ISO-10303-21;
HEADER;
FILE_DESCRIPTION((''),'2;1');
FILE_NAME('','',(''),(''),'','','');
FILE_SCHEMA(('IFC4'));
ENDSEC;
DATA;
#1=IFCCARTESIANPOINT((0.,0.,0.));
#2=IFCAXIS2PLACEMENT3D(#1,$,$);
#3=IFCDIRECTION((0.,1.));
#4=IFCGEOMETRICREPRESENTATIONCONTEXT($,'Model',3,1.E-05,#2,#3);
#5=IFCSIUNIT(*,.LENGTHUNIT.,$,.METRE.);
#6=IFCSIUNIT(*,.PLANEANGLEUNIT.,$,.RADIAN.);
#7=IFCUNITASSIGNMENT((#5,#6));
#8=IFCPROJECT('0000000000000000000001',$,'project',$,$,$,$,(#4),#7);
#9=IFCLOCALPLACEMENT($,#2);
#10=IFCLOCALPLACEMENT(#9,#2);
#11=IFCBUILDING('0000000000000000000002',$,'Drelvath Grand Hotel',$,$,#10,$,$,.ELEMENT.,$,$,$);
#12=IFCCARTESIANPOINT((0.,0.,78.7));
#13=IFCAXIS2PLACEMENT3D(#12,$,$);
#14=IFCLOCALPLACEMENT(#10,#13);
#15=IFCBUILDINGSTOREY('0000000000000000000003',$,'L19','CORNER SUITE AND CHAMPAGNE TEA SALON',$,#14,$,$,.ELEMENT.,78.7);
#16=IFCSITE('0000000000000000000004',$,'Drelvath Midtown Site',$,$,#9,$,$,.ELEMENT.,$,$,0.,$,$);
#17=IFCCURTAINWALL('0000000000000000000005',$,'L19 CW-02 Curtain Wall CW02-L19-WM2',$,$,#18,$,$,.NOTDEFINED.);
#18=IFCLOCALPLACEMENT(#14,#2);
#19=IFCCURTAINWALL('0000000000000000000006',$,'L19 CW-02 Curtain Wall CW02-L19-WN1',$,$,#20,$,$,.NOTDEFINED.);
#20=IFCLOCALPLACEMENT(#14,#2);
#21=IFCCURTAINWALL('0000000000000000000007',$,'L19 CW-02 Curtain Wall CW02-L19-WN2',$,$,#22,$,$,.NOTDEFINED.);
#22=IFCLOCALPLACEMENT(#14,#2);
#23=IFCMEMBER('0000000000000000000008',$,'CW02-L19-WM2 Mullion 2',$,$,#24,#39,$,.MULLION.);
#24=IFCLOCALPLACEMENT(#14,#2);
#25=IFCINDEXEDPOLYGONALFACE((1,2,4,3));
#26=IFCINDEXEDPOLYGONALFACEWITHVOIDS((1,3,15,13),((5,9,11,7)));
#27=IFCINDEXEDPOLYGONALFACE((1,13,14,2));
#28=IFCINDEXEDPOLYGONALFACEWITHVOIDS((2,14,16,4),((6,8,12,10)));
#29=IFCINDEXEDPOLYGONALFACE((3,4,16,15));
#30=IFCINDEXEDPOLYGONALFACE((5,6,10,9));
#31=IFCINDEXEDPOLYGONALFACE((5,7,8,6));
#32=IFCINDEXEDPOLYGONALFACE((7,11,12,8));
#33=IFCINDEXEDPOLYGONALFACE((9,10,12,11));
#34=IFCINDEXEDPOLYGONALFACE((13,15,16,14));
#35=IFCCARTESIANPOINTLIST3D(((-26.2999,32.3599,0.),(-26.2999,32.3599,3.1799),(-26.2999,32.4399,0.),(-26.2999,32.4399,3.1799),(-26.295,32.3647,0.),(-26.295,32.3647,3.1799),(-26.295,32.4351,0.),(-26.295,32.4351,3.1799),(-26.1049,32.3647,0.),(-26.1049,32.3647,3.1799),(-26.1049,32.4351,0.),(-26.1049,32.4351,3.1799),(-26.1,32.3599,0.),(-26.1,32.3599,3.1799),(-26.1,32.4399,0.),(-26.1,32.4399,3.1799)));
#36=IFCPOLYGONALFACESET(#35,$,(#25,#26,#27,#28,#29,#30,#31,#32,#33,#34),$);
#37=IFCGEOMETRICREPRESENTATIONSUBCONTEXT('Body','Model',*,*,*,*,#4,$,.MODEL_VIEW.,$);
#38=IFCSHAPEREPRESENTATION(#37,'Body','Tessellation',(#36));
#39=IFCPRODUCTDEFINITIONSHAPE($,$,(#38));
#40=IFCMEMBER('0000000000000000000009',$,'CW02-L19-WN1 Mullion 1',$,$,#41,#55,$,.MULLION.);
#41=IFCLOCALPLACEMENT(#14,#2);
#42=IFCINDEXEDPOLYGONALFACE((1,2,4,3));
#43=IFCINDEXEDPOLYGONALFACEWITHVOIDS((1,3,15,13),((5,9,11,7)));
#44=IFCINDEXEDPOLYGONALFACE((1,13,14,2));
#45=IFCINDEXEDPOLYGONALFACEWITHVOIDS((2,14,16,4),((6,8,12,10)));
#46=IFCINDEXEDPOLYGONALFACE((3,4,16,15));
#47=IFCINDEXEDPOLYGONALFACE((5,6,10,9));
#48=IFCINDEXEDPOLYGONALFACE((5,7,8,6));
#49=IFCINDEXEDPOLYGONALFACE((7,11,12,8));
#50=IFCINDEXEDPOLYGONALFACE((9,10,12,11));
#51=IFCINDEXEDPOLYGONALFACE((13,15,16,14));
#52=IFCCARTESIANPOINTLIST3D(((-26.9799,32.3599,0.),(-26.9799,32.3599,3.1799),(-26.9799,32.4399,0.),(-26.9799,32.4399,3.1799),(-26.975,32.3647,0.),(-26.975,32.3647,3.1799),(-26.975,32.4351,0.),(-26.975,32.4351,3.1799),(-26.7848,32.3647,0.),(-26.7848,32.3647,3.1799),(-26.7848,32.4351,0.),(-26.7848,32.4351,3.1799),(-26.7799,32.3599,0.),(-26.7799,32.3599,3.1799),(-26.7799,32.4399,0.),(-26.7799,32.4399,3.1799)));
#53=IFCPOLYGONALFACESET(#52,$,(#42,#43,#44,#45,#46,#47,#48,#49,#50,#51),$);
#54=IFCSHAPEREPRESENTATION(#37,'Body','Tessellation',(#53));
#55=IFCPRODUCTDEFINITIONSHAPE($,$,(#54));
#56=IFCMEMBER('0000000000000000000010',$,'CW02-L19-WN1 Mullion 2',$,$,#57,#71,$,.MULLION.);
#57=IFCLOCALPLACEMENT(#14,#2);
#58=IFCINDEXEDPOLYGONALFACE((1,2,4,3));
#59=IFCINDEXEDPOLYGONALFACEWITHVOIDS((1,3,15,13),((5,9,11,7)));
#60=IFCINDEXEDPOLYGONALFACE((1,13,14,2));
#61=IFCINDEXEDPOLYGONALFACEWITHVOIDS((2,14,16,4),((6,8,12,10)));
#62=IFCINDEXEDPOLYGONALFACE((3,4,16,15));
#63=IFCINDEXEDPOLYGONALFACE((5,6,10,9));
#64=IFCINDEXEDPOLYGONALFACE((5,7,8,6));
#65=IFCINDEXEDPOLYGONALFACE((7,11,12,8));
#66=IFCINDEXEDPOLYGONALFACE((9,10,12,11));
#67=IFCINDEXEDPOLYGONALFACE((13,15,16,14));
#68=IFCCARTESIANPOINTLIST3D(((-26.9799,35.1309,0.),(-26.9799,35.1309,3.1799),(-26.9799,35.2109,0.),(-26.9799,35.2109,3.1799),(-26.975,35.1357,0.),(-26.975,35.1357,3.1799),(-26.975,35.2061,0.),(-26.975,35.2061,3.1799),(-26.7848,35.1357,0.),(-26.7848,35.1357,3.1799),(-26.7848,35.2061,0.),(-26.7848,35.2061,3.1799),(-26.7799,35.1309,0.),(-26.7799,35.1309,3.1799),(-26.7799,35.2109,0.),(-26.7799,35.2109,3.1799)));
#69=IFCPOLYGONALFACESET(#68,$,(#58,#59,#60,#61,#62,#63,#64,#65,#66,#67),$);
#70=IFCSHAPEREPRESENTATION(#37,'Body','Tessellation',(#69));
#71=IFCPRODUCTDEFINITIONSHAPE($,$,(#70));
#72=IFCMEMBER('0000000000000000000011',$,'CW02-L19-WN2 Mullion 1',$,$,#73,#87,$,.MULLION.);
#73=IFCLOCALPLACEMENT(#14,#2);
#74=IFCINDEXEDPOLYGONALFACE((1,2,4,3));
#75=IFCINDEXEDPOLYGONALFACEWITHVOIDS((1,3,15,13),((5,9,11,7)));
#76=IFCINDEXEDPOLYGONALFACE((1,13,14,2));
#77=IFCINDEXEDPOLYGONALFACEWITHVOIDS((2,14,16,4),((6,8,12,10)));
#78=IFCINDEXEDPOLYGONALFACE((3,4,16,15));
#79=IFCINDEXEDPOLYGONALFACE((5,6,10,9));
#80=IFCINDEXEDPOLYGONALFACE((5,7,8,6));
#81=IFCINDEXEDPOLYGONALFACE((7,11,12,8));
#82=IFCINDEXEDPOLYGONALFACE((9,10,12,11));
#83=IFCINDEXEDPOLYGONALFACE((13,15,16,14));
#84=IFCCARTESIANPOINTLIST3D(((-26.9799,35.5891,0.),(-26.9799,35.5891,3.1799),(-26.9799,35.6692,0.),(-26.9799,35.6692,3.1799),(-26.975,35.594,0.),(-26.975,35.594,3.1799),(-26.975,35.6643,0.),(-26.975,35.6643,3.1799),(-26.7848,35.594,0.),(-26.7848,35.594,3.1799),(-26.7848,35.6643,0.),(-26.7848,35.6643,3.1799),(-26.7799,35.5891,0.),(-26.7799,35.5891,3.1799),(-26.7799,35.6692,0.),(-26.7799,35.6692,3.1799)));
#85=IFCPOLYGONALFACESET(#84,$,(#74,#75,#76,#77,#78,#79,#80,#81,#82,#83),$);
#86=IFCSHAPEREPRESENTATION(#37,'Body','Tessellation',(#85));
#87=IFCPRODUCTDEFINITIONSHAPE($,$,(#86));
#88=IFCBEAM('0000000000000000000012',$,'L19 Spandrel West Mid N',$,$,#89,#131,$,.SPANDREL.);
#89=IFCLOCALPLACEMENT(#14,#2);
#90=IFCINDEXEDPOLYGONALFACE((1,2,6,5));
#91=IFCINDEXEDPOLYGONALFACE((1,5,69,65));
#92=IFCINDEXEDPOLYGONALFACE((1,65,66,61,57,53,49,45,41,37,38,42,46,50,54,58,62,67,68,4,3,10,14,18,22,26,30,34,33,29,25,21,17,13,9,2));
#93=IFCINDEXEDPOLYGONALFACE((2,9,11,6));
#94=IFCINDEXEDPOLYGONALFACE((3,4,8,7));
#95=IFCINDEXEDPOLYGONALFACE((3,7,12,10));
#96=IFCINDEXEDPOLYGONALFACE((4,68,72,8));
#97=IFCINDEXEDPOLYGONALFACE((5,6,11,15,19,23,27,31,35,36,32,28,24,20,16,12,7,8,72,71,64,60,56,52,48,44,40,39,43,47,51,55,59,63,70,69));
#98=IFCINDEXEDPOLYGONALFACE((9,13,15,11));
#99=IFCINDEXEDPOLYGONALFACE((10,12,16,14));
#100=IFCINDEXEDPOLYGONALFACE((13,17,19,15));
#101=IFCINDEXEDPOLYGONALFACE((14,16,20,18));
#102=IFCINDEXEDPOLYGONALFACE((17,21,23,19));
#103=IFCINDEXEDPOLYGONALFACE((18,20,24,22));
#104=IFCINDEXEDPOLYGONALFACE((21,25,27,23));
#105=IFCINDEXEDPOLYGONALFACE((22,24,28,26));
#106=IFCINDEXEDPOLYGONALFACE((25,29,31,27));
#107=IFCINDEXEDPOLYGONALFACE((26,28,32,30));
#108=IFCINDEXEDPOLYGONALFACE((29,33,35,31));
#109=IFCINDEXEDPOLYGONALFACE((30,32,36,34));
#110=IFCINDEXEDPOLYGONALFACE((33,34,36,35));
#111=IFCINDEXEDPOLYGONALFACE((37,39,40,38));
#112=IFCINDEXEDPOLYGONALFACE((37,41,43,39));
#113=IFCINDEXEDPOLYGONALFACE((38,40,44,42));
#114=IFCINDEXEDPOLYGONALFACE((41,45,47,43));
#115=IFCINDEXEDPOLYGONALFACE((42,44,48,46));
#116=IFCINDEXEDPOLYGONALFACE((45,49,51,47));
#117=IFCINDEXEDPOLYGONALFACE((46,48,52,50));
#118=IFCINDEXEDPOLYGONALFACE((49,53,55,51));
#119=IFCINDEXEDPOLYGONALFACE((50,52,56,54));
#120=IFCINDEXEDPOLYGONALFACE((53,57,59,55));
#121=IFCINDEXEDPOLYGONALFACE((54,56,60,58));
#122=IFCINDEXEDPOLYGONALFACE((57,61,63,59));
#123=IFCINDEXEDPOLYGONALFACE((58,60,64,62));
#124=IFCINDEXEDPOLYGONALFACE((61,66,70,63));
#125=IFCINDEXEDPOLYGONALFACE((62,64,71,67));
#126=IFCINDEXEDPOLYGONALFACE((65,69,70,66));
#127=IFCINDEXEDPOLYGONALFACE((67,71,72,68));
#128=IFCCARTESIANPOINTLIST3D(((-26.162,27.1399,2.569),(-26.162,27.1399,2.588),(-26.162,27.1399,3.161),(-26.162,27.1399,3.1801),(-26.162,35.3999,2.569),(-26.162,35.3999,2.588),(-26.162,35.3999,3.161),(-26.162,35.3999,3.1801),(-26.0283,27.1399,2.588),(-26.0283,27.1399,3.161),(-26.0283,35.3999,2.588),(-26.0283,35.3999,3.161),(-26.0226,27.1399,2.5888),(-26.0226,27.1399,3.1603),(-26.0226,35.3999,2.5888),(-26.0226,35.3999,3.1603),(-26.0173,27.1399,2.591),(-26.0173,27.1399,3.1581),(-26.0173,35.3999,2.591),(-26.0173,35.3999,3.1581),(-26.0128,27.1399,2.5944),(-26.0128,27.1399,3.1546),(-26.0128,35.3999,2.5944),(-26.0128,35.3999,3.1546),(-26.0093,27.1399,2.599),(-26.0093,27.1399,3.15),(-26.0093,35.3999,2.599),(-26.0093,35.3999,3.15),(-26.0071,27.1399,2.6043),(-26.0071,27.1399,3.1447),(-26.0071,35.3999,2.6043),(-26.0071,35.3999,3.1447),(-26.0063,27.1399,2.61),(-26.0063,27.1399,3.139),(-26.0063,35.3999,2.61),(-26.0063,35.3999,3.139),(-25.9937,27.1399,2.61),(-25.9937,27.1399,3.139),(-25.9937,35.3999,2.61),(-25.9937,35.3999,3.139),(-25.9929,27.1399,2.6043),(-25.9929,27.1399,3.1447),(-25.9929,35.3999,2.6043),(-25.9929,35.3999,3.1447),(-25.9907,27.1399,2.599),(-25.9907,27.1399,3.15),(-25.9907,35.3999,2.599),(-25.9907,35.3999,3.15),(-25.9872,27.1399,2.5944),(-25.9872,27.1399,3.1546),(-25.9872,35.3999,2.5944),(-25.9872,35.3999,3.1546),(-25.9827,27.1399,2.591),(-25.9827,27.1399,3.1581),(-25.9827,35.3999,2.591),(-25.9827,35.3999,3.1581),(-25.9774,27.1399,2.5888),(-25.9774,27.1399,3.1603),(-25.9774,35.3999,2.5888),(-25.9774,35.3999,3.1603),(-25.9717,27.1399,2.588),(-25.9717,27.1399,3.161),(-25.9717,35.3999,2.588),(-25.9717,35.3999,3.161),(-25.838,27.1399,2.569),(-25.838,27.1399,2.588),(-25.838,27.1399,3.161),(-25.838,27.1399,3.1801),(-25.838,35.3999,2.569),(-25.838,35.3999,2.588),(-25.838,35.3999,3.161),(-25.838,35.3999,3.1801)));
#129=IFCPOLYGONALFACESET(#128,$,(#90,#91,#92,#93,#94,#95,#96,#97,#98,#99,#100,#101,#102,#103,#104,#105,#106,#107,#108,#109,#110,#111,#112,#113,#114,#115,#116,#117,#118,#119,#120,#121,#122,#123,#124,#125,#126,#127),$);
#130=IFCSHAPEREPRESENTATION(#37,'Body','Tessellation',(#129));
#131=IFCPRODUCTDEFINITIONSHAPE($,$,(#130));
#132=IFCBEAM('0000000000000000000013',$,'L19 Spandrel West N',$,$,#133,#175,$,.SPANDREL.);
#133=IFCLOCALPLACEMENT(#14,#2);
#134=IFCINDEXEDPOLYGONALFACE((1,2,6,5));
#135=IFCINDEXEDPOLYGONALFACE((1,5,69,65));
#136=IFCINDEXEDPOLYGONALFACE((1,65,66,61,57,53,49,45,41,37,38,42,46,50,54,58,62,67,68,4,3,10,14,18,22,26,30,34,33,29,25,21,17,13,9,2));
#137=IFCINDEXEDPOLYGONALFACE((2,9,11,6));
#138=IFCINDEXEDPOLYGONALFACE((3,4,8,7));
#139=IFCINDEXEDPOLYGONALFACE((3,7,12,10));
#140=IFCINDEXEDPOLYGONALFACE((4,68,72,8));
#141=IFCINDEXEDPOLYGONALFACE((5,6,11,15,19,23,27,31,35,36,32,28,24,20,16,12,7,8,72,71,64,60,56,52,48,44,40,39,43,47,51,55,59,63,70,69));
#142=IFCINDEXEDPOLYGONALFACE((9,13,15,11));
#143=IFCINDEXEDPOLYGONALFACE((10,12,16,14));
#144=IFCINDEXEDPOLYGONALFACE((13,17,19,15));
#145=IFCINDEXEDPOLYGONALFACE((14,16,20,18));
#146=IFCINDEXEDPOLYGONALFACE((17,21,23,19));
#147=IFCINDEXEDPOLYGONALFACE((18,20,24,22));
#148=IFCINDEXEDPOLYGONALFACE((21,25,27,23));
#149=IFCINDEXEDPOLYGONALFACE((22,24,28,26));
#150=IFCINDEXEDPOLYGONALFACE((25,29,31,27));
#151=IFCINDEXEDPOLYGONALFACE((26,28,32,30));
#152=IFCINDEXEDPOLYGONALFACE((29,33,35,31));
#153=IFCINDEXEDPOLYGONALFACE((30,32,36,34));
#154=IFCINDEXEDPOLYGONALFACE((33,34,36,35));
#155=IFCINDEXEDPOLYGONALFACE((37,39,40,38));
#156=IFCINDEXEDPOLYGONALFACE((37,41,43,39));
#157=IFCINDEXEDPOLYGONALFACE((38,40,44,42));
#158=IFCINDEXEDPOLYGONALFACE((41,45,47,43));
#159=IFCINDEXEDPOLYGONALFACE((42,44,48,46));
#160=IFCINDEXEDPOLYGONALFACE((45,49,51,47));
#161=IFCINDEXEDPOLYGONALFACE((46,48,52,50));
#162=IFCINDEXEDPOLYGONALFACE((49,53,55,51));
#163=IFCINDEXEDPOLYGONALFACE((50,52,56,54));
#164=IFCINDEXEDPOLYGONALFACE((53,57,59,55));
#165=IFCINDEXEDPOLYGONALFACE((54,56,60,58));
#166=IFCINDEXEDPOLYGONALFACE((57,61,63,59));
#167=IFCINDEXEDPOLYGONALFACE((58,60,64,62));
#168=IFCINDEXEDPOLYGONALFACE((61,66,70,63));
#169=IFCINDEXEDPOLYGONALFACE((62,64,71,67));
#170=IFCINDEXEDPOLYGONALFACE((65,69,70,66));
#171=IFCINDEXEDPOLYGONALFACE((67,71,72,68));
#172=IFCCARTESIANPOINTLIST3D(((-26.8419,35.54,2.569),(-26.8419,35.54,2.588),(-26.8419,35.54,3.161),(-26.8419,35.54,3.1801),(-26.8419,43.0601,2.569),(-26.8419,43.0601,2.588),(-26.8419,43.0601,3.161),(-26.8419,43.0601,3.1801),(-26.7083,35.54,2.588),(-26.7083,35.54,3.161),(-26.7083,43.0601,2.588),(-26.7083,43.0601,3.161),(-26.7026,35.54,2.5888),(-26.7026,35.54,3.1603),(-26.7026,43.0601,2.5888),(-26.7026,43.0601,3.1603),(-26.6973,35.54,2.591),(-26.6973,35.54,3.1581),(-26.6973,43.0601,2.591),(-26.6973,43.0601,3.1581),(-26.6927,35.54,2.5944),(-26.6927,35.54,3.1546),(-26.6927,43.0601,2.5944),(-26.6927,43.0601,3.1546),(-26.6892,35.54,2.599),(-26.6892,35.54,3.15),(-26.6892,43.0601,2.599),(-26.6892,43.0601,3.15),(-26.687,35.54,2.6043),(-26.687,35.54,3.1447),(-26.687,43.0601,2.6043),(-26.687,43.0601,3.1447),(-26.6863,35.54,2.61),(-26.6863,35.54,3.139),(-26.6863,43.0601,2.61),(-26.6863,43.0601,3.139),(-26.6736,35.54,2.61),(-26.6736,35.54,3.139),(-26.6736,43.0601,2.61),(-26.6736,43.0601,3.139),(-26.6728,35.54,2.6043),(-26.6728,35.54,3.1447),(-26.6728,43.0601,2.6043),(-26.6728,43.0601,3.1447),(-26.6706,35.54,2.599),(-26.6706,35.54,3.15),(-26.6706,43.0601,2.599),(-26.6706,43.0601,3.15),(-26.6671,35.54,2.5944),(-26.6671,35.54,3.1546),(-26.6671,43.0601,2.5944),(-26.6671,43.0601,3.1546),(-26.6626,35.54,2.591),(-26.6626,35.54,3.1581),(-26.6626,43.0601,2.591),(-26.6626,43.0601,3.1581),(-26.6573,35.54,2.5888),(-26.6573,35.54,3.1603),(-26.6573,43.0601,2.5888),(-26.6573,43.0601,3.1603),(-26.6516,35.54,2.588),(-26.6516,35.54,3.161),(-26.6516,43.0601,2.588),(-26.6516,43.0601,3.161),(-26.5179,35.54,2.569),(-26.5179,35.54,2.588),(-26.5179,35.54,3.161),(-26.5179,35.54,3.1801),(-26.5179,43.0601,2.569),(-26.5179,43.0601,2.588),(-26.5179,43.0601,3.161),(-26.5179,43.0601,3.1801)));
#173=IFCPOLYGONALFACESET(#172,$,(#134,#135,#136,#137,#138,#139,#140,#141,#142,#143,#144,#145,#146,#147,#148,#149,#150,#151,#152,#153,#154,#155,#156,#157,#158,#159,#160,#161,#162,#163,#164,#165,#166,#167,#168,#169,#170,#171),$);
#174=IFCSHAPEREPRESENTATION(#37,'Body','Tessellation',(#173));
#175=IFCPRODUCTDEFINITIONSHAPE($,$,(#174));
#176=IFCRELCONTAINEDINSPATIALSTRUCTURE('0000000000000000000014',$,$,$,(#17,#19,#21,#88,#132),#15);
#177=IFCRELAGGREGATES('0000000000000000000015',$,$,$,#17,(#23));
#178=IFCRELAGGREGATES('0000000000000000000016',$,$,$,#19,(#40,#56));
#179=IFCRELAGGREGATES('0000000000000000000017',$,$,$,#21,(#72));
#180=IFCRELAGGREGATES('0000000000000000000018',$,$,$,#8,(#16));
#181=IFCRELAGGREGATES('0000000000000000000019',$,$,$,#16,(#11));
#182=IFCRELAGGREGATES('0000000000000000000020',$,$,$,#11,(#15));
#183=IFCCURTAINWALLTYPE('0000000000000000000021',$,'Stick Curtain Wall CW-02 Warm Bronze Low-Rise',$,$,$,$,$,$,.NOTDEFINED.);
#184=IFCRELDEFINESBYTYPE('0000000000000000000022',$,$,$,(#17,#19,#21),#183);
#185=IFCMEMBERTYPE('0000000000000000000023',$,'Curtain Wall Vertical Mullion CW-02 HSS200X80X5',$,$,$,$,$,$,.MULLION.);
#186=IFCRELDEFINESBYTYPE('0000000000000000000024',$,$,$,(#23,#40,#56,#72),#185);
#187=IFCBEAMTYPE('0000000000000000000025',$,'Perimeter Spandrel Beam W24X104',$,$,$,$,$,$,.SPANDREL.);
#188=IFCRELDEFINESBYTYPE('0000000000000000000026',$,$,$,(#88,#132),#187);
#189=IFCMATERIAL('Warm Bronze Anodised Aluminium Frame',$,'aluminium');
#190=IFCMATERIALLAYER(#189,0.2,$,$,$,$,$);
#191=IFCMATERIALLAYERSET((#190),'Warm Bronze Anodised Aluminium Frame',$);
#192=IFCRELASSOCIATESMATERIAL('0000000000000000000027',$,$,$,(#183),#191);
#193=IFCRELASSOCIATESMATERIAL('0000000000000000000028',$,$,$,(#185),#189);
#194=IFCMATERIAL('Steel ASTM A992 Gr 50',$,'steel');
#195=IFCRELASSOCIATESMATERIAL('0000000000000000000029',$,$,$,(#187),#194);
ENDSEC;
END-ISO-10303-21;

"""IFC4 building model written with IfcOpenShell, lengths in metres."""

from ifc_helpers import new_model, si_unit, direction, frame, origin, origin_2d, place, context, subcontext, project, spatial, hollow_rectangle, i_section, extrude, material, layer, layer_set, material_profile, profile_set, type_object, element, aggregate, save


model = new_model("IFC4")

# Units and contexts
model_context = context("Model", 3, precision=1e-05, world=origin(), true_north=direction((0.0, 1.0)))
body_context = subcontext(model_context, "Body", "Model", "MODEL_VIEW")
ifc_project = project(units=[si_unit("LENGTHUNIT", "METRE"), si_unit("PLANEANGLEUNIT", "RADIAN")], contexts=[model_context])

# Site, building, storey
site_placement = place(None, origin())
site = spatial("IfcSite", under=ifc_project, at=site_placement, Name="Drelvath Midtown Site", CompositionType="ELEMENT", RefElevation=0.0)
building_placement = place(site_placement, origin())
building = spatial("IfcBuilding", under=site, at=building_placement, Name="Drelvath Grand Hotel", CompositionType="ELEMENT")
storey_placement = place(building_placement, frame((0.0, 0.0, 78.7)))
storey = spatial("IfcBuildingStorey", under=building, at=storey_placement, Name="L19", Description="CORNER SUITE AND CHAMPAGNE TEA SALON", CompositionType="ELEMENT", Elevation=78.7)

# Curtain walls
ifc_material_1 = material(Name="Warm Bronze Anodised Aluminium Frame", Category="aluminium")
ifc_layer_1 = layer(ifc_material_1, 0.2)
ifc_layer_set_1 = layer_set([ifc_layer_1], Name="Warm Bronze Anodised Aluminium Frame")
curtain_wall_type = type_object("IfcCurtainWallType", Name="Stick Curtain Wall CW-02 Warm Bronze Low-Rise", PredefinedType="NOTDEFINED", material=ifc_layer_set_1)
curtain_wall_1_placement = place(storey_placement, origin())
curtain_wall_1 = element("IfcCurtainWall", 1, at=curtain_wall_1_placement, inside=storey, type_object=curtain_wall_type, Name="L19 CW-02 Curtain Wall CW02-L19-WM2", PredefinedType="NOTDEFINED")
curtain_wall_2_placement = place(storey_placement, origin())
curtain_wall_2 = element("IfcCurtainWall", 2, at=curtain_wall_2_placement, inside=storey, type_object=curtain_wall_type, Name="L19 CW-02 Curtain Wall CW02-L19-WN1", PredefinedType="NOTDEFINED")
curtain_wall_3_placement = place(storey_placement, origin())
curtain_wall_3 = element("IfcCurtainWall", 3, at=curtain_wall_3_placement, inside=storey, type_object=curtain_wall_type, Name="L19 CW-02 Curtain Wall CW02-L19-WN2", PredefinedType="NOTDEFINED")
ifc_material_profile_1 = material_profile(ifc_material_1, hollow_rectangle(XDim=0.0801, YDim=0.2, WallThickness=0.0049, at=origin_2d()), Name="HSS200X80X5")
ifc_profile_set_1 = profile_set([ifc_material_profile_1], Name="Warm Bronze Anodised Aluminium Frame")
member_type_1 = type_object("IfcMemberType", Name="Curtain Wall Vertical Mullion CW-02 HSS200X80X5", PredefinedType="MULLION", material=ifc_profile_set_1)

# Members
member_1_placement = place(storey_placement, frame((-26.2, 32.3999, 0.0), z_axis=(0.0, 0.0, 1.0), x_axis=(0.0, 1.0, 0.0)))
member_1 = element("IfcMember", 4, at=member_1_placement, type_object=member_type_1, Name="CW02-L19-WM2 Mullion 2", PredefinedType="MULLION", context=body_context, shape_type="SweptSolid", body=[
    extrude(hollow_rectangle(XDim=0.0801, YDim=0.2, WallThickness=0.0049, at=origin_2d()), origin(), (0.0, 0.0, 1.0), 3.1799),
])
member_2_placement = place(storey_placement, frame((-26.8799, 32.3999, 0.0), z_axis=(0.0, 0.0, 1.0), x_axis=(0.0, 1.0, 0.0)))
member_2 = element("IfcMember", 5, at=member_2_placement, type_object=member_type_1, Name="CW02-L19-WN1 Mullion 1", PredefinedType="MULLION", context=body_context, shape_type="SweptSolid", body=[
    extrude(hollow_rectangle(XDim=0.0801, YDim=0.2, WallThickness=0.0049, at=origin_2d()), origin(), (0.0, 0.0, 1.0), 3.1799),
])
member_3_placement = place(storey_placement, frame((-26.8799, 35.1709, 0.0), z_axis=(0.0, 0.0, 1.0), x_axis=(0.0, 1.0, 0.0)))
member_3 = element("IfcMember", 6, at=member_3_placement, type_object=member_type_1, Name="CW02-L19-WN1 Mullion 2", PredefinedType="MULLION", context=body_context, shape_type="SweptSolid", body=[
    extrude(hollow_rectangle(XDim=0.0801, YDim=0.2, WallThickness=0.0049, at=origin_2d()), origin(), (0.0, 0.0, 1.0), 3.1799),
])
member_4_placement = place(storey_placement, frame((-26.8799, 35.6292, 0.0), z_axis=(0.0, 0.0, 1.0), x_axis=(0.0, 1.0, 0.0)))
member_4 = element("IfcMember", 7, at=member_4_placement, type_object=member_type_1, Name="CW02-L19-WN2 Mullion 1", PredefinedType="MULLION", context=body_context, shape_type="SweptSolid", body=[
    extrude(hollow_rectangle(XDim=0.0801, YDim=0.2, WallThickness=0.0049, at=origin_2d()), origin(), (0.0, 0.0, 1.0), 3.1799),
])

# Beams
ifc_material_2 = material(Name="Steel ASTM A992 Gr 50", Category="steel")
ifc_material_profile_2 = material_profile(ifc_material_2, i_section(OverallWidth=0.324, OverallDepth=0.6111, WebThickness=0.0127, FlangeThickness=0.019, FilletRadius=0.022, at=origin_2d()), Name="W24X104")
ifc_profile_set_2 = profile_set([ifc_material_profile_2], Name="Steel ASTM A992 Gr 50")
beam_type_1 = type_object("IfcBeamType", Name="Perimeter Spandrel Beam W24X104", PredefinedType="SPANDREL", material=ifc_profile_set_2)
beam_1_placement = place(storey_placement, frame((-26.0, 27.1399, 2.8745), z_axis=(0.0, 1.0, 0.0), x_axis=(-1.0, 0.0, 0.0)))
element("IfcBeam", 8, at=beam_1_placement, inside=storey, type_object=beam_type_1, Name="L19 Spandrel West Mid N", PredefinedType="SPANDREL", context=body_context, shape_type="SweptSolid", body=[
    extrude(i_section(OverallWidth=0.324, OverallDepth=0.6111, WebThickness=0.0127, FlangeThickness=0.019, FilletRadius=0.022, at=origin_2d()), origin(), (0.0, 0.0, 1.0), 8.26),
])
beam_2_placement = place(storey_placement, frame((-26.6799, 35.54, 2.8745), z_axis=(0.0, 1.0, 0.0), x_axis=(-1.0, 0.0, 0.0)))
element("IfcBeam", 9, at=beam_2_placement, inside=storey, type_object=beam_type_1, Name="L19 Spandrel West N", PredefinedType="SPANDREL", context=body_context, shape_type="SweptSolid", body=[
    extrude(i_section(OverallWidth=0.324, OverallDepth=0.6111, WebThickness=0.0127, FlangeThickness=0.019, FilletRadius=0.022, at=origin_2d()), origin(), (0.0, 0.0, 1.0), 7.52),
])

aggregate(curtain_wall_1, [member_1])
aggregate(curtain_wall_2, [member_2, member_3])
aggregate(curtain_wall_3, [member_4])

save(model, "model.ifc")
